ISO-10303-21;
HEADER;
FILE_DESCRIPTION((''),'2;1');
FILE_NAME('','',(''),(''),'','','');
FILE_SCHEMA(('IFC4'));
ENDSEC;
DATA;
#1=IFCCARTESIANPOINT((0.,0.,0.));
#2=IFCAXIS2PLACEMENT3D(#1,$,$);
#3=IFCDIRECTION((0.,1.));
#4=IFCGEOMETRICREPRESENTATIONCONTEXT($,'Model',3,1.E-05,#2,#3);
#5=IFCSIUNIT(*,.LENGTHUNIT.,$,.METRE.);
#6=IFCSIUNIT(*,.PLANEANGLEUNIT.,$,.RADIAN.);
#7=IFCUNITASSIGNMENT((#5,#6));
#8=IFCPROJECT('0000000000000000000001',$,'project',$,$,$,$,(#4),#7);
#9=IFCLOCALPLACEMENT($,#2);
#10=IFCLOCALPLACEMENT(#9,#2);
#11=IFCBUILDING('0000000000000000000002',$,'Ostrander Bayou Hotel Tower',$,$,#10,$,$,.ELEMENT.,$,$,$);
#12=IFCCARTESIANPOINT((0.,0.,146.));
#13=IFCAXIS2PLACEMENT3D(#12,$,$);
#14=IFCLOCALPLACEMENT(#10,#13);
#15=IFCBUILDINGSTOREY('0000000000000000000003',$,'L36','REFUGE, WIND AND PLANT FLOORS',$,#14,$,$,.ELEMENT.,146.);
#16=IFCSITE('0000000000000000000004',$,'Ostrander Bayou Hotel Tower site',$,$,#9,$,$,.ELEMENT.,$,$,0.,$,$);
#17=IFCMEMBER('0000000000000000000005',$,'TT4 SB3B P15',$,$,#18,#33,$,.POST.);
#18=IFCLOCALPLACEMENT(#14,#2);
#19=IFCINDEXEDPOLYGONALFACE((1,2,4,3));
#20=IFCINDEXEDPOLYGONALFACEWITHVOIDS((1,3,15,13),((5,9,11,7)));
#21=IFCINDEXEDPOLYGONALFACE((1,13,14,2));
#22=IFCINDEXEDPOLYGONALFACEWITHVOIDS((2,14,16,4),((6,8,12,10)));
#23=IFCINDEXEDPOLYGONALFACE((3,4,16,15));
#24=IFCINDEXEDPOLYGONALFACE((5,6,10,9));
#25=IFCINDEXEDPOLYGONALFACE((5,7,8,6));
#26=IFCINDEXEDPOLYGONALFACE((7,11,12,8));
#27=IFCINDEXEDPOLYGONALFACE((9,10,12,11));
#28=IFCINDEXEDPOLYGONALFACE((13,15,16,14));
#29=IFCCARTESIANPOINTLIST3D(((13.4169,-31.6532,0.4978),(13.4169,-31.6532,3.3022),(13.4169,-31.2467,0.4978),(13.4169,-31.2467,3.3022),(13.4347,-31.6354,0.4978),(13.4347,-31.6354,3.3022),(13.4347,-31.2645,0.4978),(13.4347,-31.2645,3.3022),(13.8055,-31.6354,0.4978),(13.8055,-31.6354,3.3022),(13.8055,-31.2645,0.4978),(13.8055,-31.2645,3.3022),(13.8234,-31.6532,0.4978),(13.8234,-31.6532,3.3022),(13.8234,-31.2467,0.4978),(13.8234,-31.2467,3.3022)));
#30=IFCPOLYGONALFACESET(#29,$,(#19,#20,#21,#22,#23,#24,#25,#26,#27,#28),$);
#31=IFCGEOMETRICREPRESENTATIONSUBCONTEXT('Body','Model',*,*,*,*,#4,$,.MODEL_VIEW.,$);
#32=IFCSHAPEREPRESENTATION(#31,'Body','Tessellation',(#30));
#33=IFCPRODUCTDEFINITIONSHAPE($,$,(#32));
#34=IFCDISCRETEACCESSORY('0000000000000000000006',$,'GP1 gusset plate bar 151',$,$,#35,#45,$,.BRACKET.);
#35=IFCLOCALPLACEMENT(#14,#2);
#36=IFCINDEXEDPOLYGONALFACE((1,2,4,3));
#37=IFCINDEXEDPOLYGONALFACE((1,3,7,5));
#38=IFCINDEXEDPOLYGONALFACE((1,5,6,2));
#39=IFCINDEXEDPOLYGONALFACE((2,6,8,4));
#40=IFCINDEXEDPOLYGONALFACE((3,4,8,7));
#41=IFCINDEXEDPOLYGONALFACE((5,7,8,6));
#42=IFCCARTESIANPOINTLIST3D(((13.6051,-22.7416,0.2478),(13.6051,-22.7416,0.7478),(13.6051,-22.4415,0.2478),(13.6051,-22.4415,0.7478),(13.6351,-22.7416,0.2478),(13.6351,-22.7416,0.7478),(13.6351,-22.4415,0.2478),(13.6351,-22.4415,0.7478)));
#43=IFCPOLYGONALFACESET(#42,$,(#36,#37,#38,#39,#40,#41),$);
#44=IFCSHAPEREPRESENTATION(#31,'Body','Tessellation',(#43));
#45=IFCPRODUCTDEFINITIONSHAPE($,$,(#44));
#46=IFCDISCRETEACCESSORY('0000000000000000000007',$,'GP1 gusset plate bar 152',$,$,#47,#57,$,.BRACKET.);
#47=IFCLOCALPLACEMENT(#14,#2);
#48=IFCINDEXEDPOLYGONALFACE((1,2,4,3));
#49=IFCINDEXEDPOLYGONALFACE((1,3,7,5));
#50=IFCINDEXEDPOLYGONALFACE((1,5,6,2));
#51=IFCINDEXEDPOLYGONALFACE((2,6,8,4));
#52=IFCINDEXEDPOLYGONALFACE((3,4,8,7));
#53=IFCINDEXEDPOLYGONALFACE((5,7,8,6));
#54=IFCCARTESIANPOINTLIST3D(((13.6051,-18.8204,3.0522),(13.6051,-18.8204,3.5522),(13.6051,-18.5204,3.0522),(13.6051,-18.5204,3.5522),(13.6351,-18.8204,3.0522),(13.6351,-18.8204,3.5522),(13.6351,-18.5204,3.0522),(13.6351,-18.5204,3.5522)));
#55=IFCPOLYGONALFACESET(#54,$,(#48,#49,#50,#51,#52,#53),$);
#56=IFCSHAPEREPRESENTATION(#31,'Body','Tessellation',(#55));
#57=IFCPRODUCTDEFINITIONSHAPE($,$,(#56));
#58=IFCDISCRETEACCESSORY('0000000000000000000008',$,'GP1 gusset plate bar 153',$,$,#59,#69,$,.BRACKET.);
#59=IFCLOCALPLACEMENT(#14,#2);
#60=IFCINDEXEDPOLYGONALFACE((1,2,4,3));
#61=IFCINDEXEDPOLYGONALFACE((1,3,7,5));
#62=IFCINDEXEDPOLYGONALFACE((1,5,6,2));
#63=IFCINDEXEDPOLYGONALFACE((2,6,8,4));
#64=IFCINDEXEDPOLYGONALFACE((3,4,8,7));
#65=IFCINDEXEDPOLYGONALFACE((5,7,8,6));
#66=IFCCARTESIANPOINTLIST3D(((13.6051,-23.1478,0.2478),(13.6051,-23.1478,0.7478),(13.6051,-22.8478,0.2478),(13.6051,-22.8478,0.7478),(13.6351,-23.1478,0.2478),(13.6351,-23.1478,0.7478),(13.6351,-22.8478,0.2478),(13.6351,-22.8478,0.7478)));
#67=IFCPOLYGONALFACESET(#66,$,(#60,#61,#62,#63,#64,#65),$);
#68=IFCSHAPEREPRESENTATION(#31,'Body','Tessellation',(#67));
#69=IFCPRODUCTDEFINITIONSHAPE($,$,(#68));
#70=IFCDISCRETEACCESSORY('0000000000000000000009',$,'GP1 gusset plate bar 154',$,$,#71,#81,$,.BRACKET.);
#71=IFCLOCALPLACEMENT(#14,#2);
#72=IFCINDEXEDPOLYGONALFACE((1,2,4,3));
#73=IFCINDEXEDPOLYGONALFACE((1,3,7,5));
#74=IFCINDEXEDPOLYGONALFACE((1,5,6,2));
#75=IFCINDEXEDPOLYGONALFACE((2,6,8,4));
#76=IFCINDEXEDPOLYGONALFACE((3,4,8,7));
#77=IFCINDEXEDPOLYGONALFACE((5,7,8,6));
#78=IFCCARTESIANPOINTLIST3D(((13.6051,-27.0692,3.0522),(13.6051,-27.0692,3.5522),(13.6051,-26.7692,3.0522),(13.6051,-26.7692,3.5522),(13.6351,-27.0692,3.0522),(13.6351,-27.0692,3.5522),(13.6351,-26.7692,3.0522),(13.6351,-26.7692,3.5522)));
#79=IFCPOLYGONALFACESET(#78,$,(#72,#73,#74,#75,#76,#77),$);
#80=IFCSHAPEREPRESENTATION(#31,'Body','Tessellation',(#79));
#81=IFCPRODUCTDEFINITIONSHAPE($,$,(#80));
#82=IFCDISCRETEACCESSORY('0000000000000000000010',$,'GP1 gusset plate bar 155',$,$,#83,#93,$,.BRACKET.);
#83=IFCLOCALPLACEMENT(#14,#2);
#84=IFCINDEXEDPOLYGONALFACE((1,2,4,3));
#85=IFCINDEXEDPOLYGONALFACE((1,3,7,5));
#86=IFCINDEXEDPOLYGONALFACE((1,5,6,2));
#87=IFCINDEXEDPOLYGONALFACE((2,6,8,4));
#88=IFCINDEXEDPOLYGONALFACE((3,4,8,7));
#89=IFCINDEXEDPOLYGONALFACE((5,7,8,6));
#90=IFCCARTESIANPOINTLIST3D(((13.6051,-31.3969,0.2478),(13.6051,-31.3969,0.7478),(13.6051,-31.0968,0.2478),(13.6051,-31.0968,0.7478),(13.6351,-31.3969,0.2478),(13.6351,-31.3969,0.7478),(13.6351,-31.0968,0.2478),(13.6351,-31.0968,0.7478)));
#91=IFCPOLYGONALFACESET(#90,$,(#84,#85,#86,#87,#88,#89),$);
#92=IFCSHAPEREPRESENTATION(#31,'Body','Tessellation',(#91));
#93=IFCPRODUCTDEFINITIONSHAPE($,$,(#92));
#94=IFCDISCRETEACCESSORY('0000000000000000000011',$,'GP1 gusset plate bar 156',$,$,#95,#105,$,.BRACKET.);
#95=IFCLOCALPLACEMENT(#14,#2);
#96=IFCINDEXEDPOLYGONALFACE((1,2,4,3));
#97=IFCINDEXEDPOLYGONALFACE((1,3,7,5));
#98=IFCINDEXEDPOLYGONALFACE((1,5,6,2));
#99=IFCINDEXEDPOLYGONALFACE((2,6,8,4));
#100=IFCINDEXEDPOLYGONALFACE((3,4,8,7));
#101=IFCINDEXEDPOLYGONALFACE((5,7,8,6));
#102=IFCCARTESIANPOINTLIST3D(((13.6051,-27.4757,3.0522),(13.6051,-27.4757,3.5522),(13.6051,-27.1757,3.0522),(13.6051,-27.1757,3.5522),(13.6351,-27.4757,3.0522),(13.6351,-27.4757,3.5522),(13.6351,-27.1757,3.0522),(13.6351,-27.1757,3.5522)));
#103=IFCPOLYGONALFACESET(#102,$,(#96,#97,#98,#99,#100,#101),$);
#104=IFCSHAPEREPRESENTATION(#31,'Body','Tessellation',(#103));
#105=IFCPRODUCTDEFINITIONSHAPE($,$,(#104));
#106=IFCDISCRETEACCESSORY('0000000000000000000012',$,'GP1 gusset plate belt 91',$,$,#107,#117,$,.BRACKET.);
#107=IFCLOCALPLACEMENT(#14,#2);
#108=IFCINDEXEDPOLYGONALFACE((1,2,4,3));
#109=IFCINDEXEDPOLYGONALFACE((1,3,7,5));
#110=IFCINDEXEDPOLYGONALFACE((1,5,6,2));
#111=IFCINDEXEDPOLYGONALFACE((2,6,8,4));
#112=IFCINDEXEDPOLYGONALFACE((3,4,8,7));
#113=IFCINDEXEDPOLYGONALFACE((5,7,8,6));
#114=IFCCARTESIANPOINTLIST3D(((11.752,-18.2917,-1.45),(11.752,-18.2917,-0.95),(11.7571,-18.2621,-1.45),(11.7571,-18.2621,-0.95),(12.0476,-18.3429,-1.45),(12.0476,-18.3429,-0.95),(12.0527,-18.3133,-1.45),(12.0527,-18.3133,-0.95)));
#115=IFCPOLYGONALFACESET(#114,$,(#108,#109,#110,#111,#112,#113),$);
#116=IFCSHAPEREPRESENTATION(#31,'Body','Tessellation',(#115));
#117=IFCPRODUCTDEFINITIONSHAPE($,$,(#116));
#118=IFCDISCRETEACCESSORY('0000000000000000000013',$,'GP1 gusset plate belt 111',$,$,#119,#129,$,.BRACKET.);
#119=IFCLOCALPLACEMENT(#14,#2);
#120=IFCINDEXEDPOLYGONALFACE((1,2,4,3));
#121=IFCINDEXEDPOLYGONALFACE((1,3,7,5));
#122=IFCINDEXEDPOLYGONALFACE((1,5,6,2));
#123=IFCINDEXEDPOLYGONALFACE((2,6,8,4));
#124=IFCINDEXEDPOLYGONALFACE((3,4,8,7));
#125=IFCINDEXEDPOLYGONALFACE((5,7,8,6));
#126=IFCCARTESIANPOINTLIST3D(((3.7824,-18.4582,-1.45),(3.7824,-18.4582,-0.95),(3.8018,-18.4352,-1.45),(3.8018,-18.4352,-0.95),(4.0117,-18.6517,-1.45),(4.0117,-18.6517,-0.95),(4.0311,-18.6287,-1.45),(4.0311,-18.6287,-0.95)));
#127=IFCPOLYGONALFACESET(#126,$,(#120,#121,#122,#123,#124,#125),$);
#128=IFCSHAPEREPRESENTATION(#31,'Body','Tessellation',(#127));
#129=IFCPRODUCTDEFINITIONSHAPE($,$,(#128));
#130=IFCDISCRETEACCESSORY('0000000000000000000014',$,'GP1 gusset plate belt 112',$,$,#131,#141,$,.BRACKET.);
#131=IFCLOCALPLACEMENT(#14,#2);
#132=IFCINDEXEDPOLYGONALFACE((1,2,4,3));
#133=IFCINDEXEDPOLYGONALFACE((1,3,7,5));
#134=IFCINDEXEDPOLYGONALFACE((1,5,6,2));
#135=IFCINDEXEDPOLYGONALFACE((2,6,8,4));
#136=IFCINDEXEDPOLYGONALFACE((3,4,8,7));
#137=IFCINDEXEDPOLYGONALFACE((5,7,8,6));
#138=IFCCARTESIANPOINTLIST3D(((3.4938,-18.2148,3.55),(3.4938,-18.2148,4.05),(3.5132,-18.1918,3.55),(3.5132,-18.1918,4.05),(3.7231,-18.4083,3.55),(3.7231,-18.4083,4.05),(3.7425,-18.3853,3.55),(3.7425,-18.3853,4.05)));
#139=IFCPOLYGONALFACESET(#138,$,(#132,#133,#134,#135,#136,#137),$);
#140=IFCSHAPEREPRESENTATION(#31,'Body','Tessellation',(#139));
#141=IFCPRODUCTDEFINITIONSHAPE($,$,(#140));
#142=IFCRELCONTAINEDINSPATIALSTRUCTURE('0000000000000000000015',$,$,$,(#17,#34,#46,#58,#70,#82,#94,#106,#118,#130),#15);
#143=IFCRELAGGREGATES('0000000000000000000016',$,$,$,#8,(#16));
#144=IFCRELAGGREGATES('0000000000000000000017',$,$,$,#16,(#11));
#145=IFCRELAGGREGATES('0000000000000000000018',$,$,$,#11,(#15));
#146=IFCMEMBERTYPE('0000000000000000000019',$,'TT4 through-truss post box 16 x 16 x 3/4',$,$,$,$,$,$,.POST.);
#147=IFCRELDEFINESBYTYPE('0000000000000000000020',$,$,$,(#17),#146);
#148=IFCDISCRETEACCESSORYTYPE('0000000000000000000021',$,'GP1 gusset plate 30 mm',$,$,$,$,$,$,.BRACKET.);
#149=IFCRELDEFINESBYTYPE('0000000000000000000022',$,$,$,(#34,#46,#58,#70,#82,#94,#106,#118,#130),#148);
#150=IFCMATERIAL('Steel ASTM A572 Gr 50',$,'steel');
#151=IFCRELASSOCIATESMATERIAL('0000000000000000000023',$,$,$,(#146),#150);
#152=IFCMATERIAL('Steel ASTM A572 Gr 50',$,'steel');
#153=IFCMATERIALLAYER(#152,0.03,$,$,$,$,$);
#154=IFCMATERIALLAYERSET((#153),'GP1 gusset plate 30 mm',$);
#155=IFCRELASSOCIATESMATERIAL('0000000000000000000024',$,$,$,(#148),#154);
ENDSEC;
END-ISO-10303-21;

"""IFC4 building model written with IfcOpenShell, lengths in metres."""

from ifc_helpers import new_model, si_unit, direction, frame, origin, origin_2d, place, context, subcontext, project, spatial, rectangle, hollow_rectangle, extrude, material, layer, layer_set, material_profile, profile_set, type_object, element, save


model = new_model("IFC4")

# Units and contexts
model_context = context("Model", 3, precision=1e-05, world=origin(), true_north=direction((0.0, 1.0)))
body_context = subcontext(model_context, "Body", "Model", "MODEL_VIEW")
ifc_project = project(units=[si_unit("LENGTHUNIT", "METRE"), si_unit("PLANEANGLEUNIT", "RADIAN")], contexts=[model_context])

# Site, building, storey
site_placement = place(None, origin())
site = spatial("IfcSite", under=ifc_project, at=site_placement, Name="Ostrander Bayou Hotel Tower site", CompositionType="ELEMENT", RefElevation=0.0)
building_placement = place(site_placement, origin())
building = spatial("IfcBuilding", under=site, at=building_placement, Name="Ostrander Bayou Hotel Tower", CompositionType="ELEMENT")
storey_placement = place(building_placement, frame((0.0, 0.0, 146.0)))
storey = spatial("IfcBuildingStorey", under=building, at=storey_placement, Name="L36", Description="REFUGE, WIND AND PLANT FLOORS", CompositionType="ELEMENT", Elevation=146.0)

# Member
ifc_material_1 = material(Name="Steel ASTM A572 Gr 50", Category="steel")
ifc_material_profile_1 = material_profile(ifc_material_1, hollow_rectangle(XDim=0.4065, YDim=0.4065, WallThickness=0.0178, at=origin_2d()))
ifc_profile_set_1 = profile_set([ifc_material_profile_1], Name="Steel ASTM A572 Gr 50")
member_type_1 = type_object("IfcMemberType", Name="TT4 through-truss post box 16 x 16 x 3/4", PredefinedType="POST", material=ifc_profile_set_1)
for number, where, z_axis, x_axis, name in (
    (1, (13.6201, -31.45, 0.4978), (0.0, 0.0, 1.0), (1.0, 0.0, 0.0), "TT4 SB3B P15"),
):
    element("IfcMember", number, at=place(storey_placement, frame(where, z_axis=z_axis, x_axis=x_axis)), inside=storey, type_object=member_type_1, Name=name, PredefinedType="POST", context=body_context, shape_type="SweptSolid", body=[
        extrude(hollow_rectangle(XDim=0.4065, YDim=0.4065, WallThickness=0.0178, at=origin_2d()), origin(), (0.0, 0.0, 1.0), 2.8044),
    ])

# Discrete accessories
ifc_material_2 = material(Name="Steel ASTM A572 Gr 50", Category="steel")
ifc_layer = layer(ifc_material_2, 0.03)
ifc_layer_set = layer_set([ifc_layer], Name="GP1 gusset plate 30 mm")
discrete_accessory_type = type_object("IfcDiscreteAccessoryType", Name="GP1 gusset plate 30 mm", PredefinedType="BRACKET", material=ifc_layer_set)
for number, where, z_axis, x_axis, name in (
    (2, (13.6201, -22.5916, 0.2478), (0.0, 0.0, 1.0), (0.0, 1.0, 0.0), "GP1 gusset plate bar 151"),
    (3, (13.6201, -18.6704, 3.0522), (0.0, 0.0, 1.0), (0.0, 1.0, 0.0), "GP1 gusset plate bar 152"),
    (4, (13.6201, -22.9978, 0.2478), (0.0, 0.0, 1.0), (0.0, -1.0, 0.0), "GP1 gusset plate bar 153"),
    (5, (13.6201, -26.9192, 3.0522), (0.0, 0.0, 1.0), (0.0, -1.0, 0.0), "GP1 gusset plate bar 154"),
    (6, (13.6201, -31.2468, 0.2478), (0.0, 0.0, 1.0), (0.0, 1.0, 0.0), "GP1 gusset plate bar 155"),
    (7, (13.6201, -27.3257, 3.0522), (0.0, 0.0, 1.0), (0.0, 1.0, 0.0), "GP1 gusset plate bar 156"),
    (8, (11.9023, -18.3025, -1.45), (0.0, 0.0, 1.0), (-0.985331, 0.170657, 0.0), "GP1 gusset plate belt 91"),
    (9, (3.9067, -18.5435, -1.45), (0.0, 0.0, 1.0), (-0.764303, 0.644858, 0.0), "GP1 gusset plate belt 111"),
    (10, (3.6182, -18.3, 3.55), (0.0, 0.0, 1.0), (-0.764303, 0.644858, 0.0), "GP1 gusset plate belt 112"),
):
    element("IfcDiscreteAccessory", number, at=place(storey_placement, frame(where, z_axis=z_axis, x_axis=x_axis)), inside=storey, type_object=discrete_accessory_type, Name=name, PredefinedType="BRACKET", context=body_context, shape_type="SweptSolid", body=[
        extrude(rectangle(XDim=0.3, YDim=0.03, at=origin_2d()), origin(), (0.0, 0.0, 1.0), 0.5),
    ])

save(model, "model.ifc")
